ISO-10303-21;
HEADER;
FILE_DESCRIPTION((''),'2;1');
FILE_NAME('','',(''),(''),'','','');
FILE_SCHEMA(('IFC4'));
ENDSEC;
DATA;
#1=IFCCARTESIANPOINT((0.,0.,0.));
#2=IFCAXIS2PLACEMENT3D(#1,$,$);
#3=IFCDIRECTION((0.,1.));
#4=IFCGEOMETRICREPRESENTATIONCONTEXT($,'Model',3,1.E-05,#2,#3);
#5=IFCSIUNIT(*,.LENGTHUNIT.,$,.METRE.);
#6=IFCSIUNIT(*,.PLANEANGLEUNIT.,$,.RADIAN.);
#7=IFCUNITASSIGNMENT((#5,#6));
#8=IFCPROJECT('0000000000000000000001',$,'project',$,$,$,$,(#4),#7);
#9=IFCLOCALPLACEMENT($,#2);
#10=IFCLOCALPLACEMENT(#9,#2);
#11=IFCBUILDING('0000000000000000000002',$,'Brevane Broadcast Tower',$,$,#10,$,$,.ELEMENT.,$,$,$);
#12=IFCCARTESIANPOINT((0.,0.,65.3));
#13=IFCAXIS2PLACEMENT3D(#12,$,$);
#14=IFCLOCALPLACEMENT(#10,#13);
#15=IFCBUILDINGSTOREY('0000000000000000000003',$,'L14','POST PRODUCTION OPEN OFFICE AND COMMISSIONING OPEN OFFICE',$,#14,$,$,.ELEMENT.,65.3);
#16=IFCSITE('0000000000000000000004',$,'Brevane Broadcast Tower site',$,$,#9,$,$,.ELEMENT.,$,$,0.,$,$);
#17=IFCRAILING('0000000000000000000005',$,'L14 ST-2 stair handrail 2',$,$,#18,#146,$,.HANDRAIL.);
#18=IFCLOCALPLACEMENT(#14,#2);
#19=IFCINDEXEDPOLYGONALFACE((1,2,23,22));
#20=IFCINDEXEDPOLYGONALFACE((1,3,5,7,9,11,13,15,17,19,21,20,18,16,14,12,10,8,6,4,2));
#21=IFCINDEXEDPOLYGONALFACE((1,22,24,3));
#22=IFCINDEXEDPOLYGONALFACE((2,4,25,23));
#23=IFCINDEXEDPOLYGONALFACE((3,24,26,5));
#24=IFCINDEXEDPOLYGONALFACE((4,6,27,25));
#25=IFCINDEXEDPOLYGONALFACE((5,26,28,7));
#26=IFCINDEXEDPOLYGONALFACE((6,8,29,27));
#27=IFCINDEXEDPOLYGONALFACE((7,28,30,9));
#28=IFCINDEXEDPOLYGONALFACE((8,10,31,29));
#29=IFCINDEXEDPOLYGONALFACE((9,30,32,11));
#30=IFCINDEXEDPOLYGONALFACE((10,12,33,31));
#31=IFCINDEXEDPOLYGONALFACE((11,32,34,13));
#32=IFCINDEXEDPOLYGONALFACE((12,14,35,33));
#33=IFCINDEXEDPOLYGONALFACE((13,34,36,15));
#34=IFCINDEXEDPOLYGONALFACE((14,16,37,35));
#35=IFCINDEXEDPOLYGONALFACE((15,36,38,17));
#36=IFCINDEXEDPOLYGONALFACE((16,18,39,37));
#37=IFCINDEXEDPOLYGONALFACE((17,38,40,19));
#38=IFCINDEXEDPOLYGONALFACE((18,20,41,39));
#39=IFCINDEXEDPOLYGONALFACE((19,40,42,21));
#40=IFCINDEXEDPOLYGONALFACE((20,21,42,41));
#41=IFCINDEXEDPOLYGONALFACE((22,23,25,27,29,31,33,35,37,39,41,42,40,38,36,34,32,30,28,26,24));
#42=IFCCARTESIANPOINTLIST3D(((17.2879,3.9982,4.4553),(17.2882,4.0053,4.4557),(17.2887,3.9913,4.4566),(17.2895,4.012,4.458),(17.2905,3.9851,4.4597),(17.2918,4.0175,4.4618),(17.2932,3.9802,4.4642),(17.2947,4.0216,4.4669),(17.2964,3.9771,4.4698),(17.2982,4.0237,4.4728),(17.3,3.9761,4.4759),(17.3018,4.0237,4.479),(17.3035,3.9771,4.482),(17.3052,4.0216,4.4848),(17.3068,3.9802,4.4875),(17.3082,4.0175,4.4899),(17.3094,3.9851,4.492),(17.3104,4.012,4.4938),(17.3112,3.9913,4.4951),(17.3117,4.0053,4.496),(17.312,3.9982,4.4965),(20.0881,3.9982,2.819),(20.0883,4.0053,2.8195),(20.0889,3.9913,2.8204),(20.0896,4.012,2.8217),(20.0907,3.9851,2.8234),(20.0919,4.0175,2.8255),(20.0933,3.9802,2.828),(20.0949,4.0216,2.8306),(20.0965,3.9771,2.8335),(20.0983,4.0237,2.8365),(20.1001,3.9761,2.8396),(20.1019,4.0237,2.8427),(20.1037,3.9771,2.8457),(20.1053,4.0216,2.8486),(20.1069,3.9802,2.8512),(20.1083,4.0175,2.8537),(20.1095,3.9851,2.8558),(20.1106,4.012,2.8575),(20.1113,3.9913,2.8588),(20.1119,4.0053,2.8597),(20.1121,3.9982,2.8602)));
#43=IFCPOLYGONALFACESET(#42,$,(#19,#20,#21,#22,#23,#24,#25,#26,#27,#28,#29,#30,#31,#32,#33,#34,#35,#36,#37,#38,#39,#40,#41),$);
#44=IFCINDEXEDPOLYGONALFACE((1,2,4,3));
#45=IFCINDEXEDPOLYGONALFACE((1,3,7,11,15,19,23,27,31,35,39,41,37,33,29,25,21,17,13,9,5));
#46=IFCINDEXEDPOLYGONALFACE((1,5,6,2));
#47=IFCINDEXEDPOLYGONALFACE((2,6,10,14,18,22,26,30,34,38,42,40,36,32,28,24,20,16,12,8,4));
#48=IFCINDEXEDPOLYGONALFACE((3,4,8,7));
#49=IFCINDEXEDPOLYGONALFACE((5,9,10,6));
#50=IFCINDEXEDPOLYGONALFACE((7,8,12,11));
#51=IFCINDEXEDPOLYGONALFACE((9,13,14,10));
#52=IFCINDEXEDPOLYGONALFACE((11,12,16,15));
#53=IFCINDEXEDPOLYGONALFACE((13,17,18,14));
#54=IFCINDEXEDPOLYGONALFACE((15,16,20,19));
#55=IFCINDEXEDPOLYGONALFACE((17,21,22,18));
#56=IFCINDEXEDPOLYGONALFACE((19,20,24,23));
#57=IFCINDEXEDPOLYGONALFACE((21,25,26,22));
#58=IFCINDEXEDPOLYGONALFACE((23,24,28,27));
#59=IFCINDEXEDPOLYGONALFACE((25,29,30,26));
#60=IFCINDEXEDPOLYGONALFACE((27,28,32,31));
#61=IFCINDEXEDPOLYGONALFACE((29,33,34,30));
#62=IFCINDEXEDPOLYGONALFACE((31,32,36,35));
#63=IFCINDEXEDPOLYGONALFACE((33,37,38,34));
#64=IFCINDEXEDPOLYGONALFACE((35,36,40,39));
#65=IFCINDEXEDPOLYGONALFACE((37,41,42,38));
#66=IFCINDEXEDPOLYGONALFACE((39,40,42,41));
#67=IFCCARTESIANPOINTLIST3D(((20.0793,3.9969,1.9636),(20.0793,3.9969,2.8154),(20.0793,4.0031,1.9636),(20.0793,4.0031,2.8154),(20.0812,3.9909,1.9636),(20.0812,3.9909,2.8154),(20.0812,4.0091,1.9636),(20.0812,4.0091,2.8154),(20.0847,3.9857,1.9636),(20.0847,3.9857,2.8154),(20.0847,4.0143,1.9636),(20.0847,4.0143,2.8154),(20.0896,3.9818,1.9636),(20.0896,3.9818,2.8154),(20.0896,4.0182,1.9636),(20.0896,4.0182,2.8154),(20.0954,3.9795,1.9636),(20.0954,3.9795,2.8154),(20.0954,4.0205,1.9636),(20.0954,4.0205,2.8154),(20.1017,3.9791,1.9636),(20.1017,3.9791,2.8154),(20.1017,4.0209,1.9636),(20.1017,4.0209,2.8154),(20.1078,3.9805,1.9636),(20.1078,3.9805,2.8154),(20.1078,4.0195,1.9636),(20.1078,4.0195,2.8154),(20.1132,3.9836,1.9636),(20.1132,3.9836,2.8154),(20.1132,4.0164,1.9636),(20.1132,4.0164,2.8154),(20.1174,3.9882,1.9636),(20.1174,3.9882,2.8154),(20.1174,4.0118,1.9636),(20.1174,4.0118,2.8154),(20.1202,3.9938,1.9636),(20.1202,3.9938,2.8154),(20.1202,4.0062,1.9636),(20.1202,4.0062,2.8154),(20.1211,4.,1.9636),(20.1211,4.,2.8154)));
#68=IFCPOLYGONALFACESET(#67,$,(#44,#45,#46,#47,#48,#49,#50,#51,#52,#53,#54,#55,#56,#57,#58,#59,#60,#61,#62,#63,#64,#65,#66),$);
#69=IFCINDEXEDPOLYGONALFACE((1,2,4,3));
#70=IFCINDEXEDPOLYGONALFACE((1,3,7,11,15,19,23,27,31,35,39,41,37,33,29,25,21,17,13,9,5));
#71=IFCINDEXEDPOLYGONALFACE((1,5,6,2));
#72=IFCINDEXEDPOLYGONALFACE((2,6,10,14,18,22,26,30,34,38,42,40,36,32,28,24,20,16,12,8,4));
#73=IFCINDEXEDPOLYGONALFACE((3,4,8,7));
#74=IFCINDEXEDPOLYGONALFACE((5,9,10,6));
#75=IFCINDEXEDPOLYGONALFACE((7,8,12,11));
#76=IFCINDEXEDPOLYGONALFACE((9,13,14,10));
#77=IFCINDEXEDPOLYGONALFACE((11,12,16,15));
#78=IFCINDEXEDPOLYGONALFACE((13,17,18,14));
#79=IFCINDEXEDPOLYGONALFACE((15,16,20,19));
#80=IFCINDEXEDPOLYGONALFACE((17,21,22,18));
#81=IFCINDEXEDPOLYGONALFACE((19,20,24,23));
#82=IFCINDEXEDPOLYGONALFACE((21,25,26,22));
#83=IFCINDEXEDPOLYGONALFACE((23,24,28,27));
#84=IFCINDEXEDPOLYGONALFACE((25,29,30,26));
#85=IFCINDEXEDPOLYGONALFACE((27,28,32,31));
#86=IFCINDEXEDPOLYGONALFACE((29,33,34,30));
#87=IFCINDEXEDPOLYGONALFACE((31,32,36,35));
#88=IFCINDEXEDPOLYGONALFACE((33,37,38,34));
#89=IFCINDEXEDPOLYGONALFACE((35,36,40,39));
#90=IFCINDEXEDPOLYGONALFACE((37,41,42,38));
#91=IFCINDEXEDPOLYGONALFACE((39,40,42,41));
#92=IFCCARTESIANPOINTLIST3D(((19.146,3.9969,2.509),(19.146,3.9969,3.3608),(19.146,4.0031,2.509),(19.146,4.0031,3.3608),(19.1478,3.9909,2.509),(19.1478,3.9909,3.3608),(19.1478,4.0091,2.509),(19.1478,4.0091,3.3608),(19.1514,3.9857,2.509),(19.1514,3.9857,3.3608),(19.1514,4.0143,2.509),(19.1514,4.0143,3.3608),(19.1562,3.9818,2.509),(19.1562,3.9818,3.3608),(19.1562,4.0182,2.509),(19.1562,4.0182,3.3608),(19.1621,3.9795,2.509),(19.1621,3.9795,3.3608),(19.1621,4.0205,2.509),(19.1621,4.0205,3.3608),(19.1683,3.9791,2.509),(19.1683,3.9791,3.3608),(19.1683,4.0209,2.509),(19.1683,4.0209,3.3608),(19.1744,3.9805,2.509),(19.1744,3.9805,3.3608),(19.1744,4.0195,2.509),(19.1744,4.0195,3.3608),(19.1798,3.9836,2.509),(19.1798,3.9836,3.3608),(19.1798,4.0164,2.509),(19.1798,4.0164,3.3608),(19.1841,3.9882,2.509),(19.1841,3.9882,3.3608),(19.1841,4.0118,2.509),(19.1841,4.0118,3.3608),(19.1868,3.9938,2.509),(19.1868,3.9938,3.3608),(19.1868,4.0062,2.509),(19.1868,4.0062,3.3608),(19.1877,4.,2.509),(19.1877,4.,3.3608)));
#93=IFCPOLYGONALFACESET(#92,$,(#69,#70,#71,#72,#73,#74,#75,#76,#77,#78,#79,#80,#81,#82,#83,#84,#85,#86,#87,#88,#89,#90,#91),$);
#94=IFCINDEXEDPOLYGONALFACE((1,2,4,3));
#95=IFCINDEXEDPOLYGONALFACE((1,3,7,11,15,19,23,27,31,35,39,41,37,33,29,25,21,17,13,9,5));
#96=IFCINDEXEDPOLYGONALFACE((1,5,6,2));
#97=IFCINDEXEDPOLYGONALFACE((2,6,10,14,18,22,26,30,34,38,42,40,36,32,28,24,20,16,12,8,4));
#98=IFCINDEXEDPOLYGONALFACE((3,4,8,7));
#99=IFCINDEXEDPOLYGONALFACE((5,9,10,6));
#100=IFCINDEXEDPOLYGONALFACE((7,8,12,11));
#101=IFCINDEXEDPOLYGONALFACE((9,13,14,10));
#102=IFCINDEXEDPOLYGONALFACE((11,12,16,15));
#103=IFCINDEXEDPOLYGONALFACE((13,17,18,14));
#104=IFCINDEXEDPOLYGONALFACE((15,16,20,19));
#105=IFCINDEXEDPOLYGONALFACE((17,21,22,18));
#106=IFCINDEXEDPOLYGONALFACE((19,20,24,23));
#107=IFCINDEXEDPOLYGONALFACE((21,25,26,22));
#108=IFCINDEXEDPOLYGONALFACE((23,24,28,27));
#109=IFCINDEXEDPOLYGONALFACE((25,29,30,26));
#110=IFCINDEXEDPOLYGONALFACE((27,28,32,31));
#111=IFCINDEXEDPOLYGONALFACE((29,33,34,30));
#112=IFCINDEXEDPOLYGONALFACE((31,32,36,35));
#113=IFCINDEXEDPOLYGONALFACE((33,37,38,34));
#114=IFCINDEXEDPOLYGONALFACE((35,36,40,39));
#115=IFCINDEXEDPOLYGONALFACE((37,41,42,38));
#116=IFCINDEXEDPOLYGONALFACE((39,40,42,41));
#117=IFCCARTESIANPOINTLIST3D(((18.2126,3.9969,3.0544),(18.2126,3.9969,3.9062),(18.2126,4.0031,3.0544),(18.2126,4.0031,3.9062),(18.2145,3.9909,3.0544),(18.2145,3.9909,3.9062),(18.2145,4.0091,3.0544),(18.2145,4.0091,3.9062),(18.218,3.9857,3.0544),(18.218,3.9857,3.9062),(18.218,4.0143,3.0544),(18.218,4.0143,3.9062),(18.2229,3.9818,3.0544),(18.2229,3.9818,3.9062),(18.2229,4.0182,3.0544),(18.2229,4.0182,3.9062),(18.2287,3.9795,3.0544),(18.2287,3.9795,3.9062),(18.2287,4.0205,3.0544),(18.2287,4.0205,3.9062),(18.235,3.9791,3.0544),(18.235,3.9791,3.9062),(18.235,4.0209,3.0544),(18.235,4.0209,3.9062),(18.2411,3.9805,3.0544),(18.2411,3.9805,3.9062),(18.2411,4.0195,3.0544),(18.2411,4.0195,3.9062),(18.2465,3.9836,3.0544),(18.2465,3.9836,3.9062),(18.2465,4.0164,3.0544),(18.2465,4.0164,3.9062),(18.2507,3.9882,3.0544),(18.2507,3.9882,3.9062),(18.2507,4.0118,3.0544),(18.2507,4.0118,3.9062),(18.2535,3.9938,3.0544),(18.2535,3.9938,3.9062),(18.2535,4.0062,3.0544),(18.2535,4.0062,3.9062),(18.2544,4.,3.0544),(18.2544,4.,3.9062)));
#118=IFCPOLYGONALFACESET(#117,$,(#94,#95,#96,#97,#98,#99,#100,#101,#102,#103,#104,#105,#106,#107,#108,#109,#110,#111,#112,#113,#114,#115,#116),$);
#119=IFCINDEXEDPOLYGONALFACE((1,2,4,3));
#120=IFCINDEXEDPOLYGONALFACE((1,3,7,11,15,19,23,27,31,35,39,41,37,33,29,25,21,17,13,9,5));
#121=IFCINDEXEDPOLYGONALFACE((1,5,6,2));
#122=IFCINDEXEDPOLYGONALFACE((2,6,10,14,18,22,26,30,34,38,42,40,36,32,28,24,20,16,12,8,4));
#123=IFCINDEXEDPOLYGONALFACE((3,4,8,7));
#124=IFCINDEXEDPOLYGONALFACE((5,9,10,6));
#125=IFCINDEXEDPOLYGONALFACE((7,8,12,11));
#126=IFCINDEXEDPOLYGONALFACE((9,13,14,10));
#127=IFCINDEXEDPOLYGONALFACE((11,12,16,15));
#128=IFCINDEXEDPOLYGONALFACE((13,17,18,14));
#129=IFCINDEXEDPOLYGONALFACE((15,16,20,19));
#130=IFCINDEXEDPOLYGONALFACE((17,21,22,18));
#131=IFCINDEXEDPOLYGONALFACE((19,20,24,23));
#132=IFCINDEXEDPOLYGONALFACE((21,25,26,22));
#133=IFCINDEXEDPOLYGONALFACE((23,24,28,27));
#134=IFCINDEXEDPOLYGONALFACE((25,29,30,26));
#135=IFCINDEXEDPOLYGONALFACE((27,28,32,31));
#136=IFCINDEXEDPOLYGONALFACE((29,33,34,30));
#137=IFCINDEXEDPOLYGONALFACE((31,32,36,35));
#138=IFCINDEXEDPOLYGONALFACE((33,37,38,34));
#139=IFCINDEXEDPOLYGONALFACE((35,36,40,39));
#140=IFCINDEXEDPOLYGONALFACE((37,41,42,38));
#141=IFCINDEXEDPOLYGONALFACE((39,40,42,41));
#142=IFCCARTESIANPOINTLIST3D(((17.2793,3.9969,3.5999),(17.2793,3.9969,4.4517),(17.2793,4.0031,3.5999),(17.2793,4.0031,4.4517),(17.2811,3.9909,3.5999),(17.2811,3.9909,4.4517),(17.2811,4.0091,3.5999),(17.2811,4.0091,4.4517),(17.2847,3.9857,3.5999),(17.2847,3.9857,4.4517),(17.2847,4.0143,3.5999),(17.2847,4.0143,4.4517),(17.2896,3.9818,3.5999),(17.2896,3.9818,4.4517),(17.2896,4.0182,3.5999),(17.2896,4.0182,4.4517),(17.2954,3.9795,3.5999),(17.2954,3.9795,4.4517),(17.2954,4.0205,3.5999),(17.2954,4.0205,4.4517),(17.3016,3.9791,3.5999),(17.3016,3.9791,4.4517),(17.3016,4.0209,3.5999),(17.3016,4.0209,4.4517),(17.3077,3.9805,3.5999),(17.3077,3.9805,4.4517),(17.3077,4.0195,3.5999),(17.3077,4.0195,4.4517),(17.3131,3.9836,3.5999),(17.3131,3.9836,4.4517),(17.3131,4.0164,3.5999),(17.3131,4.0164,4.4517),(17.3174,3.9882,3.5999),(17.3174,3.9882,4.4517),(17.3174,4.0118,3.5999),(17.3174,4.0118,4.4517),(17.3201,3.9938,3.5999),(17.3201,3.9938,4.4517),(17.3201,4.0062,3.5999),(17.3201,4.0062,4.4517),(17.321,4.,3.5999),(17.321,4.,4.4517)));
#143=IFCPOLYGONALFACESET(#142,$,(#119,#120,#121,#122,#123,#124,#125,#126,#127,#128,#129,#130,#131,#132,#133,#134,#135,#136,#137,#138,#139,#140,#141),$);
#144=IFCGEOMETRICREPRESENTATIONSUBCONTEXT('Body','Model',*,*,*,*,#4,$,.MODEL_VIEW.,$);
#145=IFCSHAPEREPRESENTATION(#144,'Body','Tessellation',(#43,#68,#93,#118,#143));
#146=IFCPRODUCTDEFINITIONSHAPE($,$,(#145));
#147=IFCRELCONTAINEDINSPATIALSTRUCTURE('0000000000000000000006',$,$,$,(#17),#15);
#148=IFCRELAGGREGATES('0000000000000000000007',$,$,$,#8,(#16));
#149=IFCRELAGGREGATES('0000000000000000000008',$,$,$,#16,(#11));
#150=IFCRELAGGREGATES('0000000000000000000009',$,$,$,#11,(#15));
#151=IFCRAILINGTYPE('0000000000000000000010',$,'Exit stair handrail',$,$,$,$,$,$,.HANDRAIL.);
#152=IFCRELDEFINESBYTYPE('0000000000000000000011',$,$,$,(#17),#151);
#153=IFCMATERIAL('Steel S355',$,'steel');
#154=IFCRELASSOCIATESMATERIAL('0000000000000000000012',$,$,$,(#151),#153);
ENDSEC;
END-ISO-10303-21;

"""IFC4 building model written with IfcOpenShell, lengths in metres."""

from ifc_helpers import new_model, si_unit, direction, frame, origin, origin_2d, place, context, subcontext, project, spatial, circle, extrude, material, type_object, element, save


model = new_model("IFC4")

# Units and contexts
model_context = context("Model", 3, precision=1e-05, world=origin(), true_north=direction((0.0, 1.0)))
body_context = subcontext(model_context, "Body", "Model", "MODEL_VIEW")
ifc_project = project(units=[si_unit("LENGTHUNIT", "METRE"), si_unit("PLANEANGLEUNIT", "RADIAN")], contexts=[model_context])

# Site, building, storey
site_placement = place(None, origin())
site = spatial("IfcSite", under=ifc_project, at=site_placement, Name="Brevane Broadcast Tower site", CompositionType="ELEMENT", RefElevation=0.0)
building_placement = place(site_placement, origin())
building = spatial("IfcBuilding", under=site, at=building_placement, Name="Brevane Broadcast Tower", CompositionType="ELEMENT")
storey_placement = place(building_placement, frame((0.0, 0.0, 65.3)))
storey = spatial("IfcBuildingStorey", under=building, at=storey_placement, Name="L14", Description="POST PRODUCTION OPEN OFFICE AND COMMISSIONING OPEN OFFICE", CompositionType="ELEMENT", Elevation=65.3)

# Railing
ifc_material_1 = material(Name="Steel S355", Category="steel")
railing_type_1 = type_object("IfcRailingType", Name="Exit stair handrail", PredefinedType="HANDRAIL", material=ifc_material_1)
railing_1_placement = place(storey_placement, frame((20.1001, 4.0, 1.9636)))
element("IfcRailing", 1, at=railing_1_placement, inside=storey, type_object=railing_type_1, Name="L14 ST-2 stair handrail 2", PredefinedType="HANDRAIL", context=body_context, shape_type="SweptSolid", body=[
    extrude(circle(Radius=0.0239, at=origin_2d()), frame((0.0, 0.0, 0.876), z_axis=(-0.863394, 0.0, 0.504531), x_axis=(0.0, -1.0, 0.0)), (0.0, 0.0, 1.0), 3.2432),
    extrude(circle(Radius=0.021, at=origin_2d()), origin(), (0.0, 0.0, 1.0), 0.8518),
    extrude(circle(Radius=0.021, at=origin_2d()), frame((-0.9333, 0.0, 0.5454)), (0.0, 0.0, 1.0), 0.8518),
    extrude(circle(Radius=0.021, at=origin_2d()), frame((-1.8667, 0.0, 1.0908)), (0.0, 0.0, 1.0), 0.8518),
    extrude(circle(Radius=0.021, at=origin_2d()), frame((-2.8, 0.0, 1.6362)), (0.0, 0.0, 1.0), 0.8518),
])

save(model, "model.ifc")
